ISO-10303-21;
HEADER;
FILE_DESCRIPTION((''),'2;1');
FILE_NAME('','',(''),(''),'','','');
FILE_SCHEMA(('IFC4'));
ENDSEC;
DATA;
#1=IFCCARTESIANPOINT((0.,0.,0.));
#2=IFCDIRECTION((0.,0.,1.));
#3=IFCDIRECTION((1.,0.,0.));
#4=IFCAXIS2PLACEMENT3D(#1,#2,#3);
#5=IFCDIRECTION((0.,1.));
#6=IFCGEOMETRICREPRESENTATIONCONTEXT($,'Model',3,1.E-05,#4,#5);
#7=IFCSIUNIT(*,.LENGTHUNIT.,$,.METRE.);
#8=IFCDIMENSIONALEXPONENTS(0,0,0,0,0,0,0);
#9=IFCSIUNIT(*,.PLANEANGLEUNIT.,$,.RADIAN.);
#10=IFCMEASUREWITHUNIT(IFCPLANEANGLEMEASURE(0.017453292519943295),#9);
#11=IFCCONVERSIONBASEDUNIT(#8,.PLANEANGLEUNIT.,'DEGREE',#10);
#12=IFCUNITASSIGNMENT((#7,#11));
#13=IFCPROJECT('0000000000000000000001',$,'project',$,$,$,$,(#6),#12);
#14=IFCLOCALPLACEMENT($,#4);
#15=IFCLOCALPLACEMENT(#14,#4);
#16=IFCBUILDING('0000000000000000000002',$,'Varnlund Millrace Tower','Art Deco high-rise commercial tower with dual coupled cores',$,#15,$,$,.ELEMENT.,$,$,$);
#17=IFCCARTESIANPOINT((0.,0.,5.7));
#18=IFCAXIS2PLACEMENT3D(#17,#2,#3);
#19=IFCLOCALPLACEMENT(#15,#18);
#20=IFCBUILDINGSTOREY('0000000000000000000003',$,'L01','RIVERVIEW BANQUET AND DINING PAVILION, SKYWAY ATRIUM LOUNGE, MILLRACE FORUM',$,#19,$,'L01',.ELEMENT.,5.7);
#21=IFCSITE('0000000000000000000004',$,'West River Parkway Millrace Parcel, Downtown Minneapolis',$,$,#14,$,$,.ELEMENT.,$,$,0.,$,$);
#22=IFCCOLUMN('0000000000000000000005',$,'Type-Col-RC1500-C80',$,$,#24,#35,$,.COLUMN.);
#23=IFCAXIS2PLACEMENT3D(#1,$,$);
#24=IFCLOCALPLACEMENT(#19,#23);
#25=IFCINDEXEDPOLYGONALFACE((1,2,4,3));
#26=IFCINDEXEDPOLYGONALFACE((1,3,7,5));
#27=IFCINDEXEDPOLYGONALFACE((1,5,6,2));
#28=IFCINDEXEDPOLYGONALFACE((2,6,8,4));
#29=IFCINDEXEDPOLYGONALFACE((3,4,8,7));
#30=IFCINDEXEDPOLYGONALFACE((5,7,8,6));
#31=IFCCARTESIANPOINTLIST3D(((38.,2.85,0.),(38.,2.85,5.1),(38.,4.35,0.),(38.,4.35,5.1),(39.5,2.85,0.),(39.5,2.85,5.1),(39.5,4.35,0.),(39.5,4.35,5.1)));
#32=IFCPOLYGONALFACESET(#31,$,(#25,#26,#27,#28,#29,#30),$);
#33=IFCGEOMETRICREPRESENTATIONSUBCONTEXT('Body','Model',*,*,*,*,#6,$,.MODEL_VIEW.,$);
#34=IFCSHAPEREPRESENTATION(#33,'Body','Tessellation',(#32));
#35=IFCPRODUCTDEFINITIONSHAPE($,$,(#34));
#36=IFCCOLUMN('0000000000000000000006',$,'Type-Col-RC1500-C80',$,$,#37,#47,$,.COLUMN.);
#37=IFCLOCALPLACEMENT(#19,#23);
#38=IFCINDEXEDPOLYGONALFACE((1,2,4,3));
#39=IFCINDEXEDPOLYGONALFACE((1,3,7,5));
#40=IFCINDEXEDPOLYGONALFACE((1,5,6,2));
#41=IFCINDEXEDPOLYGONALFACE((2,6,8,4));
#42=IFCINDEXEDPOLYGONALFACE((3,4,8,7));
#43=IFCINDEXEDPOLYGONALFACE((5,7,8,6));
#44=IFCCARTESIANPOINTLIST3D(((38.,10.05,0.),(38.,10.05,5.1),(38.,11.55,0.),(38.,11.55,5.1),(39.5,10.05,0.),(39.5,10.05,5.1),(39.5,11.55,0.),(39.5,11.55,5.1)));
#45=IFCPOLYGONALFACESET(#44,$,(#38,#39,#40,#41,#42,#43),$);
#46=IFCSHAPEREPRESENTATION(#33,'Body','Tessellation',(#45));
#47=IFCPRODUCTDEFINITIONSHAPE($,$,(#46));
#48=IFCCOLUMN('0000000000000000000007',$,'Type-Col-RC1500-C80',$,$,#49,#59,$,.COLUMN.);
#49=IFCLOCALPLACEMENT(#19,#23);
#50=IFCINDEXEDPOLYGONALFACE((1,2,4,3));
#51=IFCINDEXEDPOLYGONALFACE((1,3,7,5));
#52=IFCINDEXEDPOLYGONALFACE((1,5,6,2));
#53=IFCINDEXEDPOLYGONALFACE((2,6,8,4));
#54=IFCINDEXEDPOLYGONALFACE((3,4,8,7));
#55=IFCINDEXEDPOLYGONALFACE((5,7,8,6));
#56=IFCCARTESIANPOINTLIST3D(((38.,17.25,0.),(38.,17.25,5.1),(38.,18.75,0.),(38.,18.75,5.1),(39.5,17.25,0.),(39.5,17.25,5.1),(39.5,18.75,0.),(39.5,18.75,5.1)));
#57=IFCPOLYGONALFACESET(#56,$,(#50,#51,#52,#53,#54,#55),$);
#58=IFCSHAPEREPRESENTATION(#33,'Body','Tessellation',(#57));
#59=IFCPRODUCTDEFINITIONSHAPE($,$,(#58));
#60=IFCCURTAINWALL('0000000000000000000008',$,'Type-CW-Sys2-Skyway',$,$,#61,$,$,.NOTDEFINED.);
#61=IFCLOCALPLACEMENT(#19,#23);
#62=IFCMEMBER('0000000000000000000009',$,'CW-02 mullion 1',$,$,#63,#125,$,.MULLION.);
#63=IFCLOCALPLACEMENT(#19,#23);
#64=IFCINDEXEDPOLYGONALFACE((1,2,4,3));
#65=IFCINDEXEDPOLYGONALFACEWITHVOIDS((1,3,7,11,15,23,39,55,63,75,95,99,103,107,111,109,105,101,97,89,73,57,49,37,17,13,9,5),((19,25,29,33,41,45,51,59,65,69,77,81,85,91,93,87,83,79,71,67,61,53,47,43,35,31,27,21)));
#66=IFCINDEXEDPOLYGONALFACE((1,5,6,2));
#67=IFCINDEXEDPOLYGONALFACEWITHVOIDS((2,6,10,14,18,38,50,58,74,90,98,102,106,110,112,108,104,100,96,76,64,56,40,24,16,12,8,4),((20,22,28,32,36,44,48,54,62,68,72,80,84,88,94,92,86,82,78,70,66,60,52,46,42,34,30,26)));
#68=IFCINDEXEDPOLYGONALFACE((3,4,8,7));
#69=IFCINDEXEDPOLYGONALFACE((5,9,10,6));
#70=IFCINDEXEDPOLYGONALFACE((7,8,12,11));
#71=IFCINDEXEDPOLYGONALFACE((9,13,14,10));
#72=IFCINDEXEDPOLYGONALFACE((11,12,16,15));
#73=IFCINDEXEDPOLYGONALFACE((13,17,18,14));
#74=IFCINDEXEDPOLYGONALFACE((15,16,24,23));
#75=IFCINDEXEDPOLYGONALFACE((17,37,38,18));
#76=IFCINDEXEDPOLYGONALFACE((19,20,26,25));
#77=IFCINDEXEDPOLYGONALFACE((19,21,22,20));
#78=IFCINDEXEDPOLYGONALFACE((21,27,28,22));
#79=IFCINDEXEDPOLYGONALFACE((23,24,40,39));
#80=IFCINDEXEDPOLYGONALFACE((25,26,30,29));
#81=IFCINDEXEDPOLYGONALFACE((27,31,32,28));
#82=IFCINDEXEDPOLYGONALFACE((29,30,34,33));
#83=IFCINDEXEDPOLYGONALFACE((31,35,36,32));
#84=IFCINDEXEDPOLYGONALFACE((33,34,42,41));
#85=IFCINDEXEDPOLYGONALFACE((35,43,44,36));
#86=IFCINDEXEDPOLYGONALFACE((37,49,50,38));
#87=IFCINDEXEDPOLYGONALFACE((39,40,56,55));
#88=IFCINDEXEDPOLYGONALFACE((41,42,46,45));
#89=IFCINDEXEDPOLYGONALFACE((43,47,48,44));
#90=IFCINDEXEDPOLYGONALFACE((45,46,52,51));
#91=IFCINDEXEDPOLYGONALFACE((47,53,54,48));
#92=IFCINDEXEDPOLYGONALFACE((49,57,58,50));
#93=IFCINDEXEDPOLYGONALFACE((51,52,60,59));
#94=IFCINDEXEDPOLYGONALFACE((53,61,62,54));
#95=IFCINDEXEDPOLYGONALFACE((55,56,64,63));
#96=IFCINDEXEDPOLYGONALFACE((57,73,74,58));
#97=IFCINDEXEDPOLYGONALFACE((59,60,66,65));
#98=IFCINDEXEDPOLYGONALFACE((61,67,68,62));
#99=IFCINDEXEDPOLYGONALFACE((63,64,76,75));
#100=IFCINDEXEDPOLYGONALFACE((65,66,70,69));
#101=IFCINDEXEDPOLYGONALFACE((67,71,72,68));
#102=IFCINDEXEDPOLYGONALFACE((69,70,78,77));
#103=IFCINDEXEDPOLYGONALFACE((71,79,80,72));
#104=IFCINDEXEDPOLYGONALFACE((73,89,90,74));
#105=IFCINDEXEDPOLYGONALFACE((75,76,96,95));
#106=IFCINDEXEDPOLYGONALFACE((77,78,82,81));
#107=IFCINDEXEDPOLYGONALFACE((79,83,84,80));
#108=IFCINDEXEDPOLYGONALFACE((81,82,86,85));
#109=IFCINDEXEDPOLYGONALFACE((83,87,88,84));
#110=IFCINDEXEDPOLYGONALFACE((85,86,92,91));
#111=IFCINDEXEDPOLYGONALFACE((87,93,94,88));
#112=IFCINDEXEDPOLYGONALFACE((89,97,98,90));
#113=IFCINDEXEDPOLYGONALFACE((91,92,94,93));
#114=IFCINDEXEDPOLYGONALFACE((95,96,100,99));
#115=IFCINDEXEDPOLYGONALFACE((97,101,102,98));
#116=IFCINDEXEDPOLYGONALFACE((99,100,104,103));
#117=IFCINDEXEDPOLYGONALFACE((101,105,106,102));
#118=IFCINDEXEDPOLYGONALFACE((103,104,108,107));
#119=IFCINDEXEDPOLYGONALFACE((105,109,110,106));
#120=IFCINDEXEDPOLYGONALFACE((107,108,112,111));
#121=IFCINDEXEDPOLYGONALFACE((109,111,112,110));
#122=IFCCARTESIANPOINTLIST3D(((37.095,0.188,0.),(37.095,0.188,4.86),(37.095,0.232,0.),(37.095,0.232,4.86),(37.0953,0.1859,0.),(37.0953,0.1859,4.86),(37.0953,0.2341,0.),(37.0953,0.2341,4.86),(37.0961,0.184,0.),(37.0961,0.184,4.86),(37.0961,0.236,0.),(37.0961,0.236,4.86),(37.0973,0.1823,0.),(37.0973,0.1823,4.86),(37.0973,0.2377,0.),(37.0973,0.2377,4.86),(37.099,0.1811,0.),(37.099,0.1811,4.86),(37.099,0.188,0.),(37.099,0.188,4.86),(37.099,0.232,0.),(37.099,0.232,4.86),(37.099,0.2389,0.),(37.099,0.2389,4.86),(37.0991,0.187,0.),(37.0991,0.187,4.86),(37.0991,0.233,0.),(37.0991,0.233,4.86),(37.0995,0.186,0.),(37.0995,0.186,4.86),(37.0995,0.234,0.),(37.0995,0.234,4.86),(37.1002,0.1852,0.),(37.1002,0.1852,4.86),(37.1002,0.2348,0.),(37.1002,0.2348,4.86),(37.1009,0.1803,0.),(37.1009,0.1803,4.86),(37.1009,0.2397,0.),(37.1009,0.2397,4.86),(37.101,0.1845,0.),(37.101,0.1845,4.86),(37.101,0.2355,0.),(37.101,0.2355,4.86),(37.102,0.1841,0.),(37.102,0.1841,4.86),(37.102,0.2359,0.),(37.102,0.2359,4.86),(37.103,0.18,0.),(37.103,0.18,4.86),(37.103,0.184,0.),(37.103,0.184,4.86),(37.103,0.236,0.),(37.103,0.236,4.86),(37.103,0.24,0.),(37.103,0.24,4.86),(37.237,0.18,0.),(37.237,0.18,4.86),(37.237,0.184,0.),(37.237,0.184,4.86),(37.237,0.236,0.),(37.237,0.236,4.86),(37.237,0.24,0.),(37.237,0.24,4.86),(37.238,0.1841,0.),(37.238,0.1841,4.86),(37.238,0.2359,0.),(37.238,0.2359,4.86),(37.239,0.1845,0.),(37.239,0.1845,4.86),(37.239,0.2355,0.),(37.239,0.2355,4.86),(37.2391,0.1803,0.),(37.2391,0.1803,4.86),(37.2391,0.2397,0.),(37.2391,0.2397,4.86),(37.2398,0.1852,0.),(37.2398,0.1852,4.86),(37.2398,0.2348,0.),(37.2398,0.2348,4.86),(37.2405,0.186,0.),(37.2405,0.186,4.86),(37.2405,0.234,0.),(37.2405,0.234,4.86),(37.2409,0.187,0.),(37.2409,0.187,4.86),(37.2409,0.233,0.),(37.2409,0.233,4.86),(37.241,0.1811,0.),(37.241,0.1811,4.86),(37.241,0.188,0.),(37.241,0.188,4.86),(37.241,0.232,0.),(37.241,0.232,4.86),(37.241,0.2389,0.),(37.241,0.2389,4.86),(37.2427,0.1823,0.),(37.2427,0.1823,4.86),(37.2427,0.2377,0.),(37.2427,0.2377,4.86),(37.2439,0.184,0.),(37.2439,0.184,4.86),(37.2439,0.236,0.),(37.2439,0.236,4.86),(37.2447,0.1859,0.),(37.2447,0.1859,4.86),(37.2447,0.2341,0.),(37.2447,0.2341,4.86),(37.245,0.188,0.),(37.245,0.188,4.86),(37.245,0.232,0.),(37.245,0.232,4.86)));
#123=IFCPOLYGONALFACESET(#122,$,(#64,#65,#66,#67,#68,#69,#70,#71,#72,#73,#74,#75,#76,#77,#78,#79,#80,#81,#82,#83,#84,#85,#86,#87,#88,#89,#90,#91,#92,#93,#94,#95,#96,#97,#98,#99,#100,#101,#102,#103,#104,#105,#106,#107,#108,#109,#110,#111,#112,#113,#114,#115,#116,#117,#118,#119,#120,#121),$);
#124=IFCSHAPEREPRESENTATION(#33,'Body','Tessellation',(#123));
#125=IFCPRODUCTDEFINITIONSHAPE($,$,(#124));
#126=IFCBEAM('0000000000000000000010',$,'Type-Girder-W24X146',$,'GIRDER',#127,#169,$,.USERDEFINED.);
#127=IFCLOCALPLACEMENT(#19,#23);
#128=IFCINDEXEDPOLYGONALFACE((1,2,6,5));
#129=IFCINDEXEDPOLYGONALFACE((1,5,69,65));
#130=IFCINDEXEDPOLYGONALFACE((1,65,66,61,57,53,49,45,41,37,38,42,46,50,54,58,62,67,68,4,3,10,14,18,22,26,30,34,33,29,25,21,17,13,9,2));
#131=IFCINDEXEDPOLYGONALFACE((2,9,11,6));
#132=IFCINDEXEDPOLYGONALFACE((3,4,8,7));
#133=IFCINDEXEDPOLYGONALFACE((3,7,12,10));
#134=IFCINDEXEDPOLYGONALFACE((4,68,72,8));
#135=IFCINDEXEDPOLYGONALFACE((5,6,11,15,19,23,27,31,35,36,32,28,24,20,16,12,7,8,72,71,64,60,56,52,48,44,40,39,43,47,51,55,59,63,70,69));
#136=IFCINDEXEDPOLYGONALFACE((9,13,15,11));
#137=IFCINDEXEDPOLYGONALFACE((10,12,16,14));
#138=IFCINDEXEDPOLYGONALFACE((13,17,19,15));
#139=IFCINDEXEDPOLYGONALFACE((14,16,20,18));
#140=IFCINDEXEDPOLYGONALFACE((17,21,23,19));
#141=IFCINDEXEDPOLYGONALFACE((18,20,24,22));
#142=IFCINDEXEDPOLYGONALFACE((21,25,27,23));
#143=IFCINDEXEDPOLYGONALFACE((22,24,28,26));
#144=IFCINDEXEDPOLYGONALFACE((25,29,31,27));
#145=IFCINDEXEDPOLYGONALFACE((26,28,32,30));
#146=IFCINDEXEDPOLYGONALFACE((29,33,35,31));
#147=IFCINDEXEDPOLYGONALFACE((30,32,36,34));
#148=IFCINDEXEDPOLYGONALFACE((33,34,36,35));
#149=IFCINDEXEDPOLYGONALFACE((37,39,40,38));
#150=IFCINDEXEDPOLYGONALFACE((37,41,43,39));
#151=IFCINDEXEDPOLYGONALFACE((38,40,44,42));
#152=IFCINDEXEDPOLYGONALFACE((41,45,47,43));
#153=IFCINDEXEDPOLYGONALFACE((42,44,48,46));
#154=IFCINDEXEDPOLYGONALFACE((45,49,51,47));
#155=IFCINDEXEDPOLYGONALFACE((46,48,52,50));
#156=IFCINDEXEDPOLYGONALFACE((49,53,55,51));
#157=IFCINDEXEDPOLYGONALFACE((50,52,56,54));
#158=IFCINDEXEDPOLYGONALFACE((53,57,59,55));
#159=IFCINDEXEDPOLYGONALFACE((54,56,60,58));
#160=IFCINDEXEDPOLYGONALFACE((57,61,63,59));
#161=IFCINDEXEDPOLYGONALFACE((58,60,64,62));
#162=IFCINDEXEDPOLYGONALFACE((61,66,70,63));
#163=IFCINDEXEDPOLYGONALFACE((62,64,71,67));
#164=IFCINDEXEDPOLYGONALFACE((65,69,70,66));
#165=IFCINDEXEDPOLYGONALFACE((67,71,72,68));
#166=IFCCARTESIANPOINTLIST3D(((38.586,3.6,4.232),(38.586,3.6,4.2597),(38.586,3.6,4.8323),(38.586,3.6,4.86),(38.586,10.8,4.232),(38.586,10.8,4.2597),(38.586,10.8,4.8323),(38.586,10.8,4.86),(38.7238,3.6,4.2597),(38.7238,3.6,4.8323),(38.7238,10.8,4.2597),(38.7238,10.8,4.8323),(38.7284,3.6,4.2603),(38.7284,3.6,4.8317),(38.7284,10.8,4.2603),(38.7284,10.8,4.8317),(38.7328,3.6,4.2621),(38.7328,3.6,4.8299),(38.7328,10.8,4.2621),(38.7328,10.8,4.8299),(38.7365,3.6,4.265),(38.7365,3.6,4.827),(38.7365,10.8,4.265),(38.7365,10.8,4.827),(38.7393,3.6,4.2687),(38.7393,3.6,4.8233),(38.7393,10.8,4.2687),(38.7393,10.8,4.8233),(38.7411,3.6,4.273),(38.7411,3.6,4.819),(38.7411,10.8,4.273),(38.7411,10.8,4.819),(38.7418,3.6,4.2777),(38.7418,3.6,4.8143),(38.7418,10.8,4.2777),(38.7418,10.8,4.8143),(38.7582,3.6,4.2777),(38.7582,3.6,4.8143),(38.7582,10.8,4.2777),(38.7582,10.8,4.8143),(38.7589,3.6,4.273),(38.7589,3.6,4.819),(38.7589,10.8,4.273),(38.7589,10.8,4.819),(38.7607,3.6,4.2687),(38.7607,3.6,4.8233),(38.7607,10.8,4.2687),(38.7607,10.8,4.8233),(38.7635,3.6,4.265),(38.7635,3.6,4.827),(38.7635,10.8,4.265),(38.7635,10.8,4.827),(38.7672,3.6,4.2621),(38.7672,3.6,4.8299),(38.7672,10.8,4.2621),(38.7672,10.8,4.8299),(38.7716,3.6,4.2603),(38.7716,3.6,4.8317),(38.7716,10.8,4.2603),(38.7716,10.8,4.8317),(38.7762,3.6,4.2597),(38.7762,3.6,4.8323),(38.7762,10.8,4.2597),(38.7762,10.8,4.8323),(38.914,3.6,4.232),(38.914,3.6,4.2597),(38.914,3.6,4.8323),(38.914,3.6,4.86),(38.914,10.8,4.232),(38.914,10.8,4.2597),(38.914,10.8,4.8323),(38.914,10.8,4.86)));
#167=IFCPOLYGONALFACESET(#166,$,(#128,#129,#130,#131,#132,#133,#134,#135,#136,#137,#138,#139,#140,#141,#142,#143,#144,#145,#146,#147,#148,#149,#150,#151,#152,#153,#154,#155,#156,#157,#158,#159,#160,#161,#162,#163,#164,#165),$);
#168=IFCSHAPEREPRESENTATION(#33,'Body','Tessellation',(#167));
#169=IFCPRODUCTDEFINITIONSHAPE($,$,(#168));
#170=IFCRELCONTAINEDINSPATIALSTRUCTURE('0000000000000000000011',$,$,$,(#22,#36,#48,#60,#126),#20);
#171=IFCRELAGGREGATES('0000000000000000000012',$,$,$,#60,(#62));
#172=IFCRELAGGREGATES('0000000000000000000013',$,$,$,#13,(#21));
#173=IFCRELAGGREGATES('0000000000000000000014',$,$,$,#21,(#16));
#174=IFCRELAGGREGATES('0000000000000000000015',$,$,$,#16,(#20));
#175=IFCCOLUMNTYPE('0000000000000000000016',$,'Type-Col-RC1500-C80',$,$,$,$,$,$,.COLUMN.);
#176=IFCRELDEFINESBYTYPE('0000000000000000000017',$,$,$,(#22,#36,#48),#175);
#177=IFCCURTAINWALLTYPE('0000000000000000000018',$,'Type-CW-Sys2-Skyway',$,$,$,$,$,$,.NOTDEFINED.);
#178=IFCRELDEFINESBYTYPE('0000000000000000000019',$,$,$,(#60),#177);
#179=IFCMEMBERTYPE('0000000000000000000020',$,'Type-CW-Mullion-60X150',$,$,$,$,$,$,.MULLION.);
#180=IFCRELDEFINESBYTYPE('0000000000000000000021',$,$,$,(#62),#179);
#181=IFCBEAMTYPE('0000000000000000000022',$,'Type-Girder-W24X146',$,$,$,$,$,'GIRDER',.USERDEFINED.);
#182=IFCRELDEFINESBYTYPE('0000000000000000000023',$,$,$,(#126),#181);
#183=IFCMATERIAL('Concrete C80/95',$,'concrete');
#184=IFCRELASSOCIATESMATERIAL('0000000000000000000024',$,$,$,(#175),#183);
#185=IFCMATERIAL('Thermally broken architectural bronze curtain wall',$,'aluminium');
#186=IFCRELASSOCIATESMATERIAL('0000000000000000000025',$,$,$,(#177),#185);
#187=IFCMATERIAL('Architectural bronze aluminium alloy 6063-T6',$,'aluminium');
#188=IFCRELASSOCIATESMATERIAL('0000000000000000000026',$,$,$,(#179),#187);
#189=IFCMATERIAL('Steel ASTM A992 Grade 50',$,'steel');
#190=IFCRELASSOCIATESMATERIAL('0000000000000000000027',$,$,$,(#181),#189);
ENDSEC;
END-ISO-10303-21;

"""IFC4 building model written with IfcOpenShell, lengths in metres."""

from ifc_helpers import new_model, entity, si_unit, converted_unit, direction, frame, origin_with_axes, origin_2d_with_axis, place, context, subcontext, project, spatial, rectangle, hollow_rectangle, i_section, extrude, material, material_profile, profile_set, type_object, element, aggregate, save


model = new_model("IFC4")

# Units and contexts
model_context = context("Model", 3, precision=1e-05, world=origin_with_axes(), true_north=direction((0.0, 1.0)))
body_context = subcontext(model_context, "Body", "Model", "MODEL_VIEW")
ifc_project = project(units=[si_unit("LENGTHUNIT", "METRE"), converted_unit("PLANEANGLEUNIT", "DEGREE", entity("IfcPlaneAngleMeasure", 0.017453292519943295), si_unit("PLANEANGLEUNIT", "RADIAN"), dimensions=[0, 0, 0, 0, 0, 0, 0])], contexts=[model_context])

# Site, building, storey
site_placement = place(None, origin_with_axes())
site = spatial("IfcSite", under=ifc_project, at=site_placement, Name="West River Parkway Millrace Parcel, Downtown Minneapolis", CompositionType="ELEMENT", RefElevation=0.0)
building_placement = place(site_placement, origin_with_axes())
building = spatial("IfcBuilding", under=site, at=building_placement, Name="Varnlund Millrace Tower", Description="Art Deco high-rise commercial tower with dual coupled cores", CompositionType="ELEMENT")
storey_placement = place(building_placement, frame((0.0, 0.0, 5.7), z_axis=(0.0, 0.0, 1.0), x_axis=(1.0, 0.0, 0.0)))
storey = spatial("IfcBuildingStorey", under=building, at=storey_placement, Name="L01", Description="RIVERVIEW BANQUET AND DINING PAVILION, SKYWAY ATRIUM LOUNGE, MILLRACE FORUM", LongName="L01", CompositionType="ELEMENT", Elevation=5.7)

# Columns
ifc_material_1 = material(Name="Concrete C80/95", Category="concrete")
ifc_material_profile_1 = material_profile(ifc_material_1, rectangle(XDim=1.5, YDim=1.5, at=origin_2d_with_axis()), Name="Concrete C80/95")
ifc_profile_set_1 = profile_set([ifc_material_profile_1], Name="Concrete C80/95")
column_type = type_object("IfcColumnType", Name="Type-Col-RC1500-C80", PredefinedType="COLUMN", material=ifc_profile_set_1)
for number, where, z_axis, x_axis, name in (
    (1, (38.75, 3.6, 0.0), (0.0, 0.0, 1.0), (1.0, 0.0, 0.0), "Type-Col-RC1500-C80"),
    (2, (38.75, 10.8, 0.0), (0.0, 0.0, 1.0), (1.0, 0.0, 0.0), "Type-Col-RC1500-C80"),
    (3, (38.75, 18.0, 0.0), (0.0, 0.0, 1.0), (1.0, 0.0, 0.0), "Type-Col-RC1500-C80"),
):
    element("IfcColumn", number, at=place(storey_placement, frame(where, z_axis=z_axis, x_axis=x_axis)), inside=storey, type_object=column_type, Name=name, PredefinedType="COLUMN", context=body_context, shape_type="SweptSolid", body=[
        extrude(rectangle(XDim=1.5, YDim=1.5, at=origin_2d_with_axis()), origin_with_axes(), (0.0, 0.0, 1.0), 5.1),
    ])

# Curtain wall, member
ifc_material_2 = material(Name="Thermally broken architectural bronze curtain wall", Category="aluminium")
curtain_wall_type = type_object("IfcCurtainWallType", Name="Type-CW-Sys2-Skyway", PredefinedType="NOTDEFINED", material=ifc_material_2)
curtain_wall_placement = place(storey_placement, frame((37.2, 0.21, 0.0), z_axis=(0.0, 0.0, 1.0), x_axis=(1.0, 0.0, 0.0)))
curtain_wall = element("IfcCurtainWall", 4, at=curtain_wall_placement, inside=storey, type_object=curtain_wall_type, Name="Type-CW-Sys2-Skyway", PredefinedType="NOTDEFINED")
ifc_material_3 = material(Name="Architectural bronze aluminium alloy 6063-T6", Category="aluminium")
ifc_material_profile_2 = material_profile(ifc_material_3, hollow_rectangle(XDim=0.06, YDim=0.15, WallThickness=0.004, InnerFilletRadius=0.004, OuterFilletRadius=0.008, at=origin_2d_with_axis()), Name="Architectural bronze aluminium alloy 6063-T6")
ifc_profile_set_2 = profile_set([ifc_material_profile_2], Name="Architectural bronze aluminium alloy 6063-T6")
member_type = type_object("IfcMemberType", Name="Type-CW-Mullion-60X150", PredefinedType="MULLION", material=ifc_profile_set_2)
member_placement = place(storey_placement, frame((37.17, 0.21, 0.0), z_axis=(0.0, 0.0, 1.0), x_axis=(0.0, -1.0, 0.0)))
member = element("IfcMember", 5, at=member_placement, type_object=member_type, Name="CW-02 mullion 1", PredefinedType="MULLION", context=body_context, shape_type="SweptSolid", body=[
    extrude(hollow_rectangle(XDim=0.06, YDim=0.15, WallThickness=0.004, InnerFilletRadius=0.004, OuterFilletRadius=0.008, at=origin_2d_with_axis()), origin_with_axes(), (0.0, 0.0, 1.0), 4.86),
])
aggregate(curtain_wall, [member])

# Beam
ifc_material_4 = material(Name="Steel ASTM A992 Grade 50", Category="steel")
ifc_material_profile_3 = material_profile(ifc_material_4, i_section(OverallWidth=0.328, OverallDepth=0.628, WebThickness=0.0165, FlangeThickness=0.0277, FilletRadius=0.018, at=origin_2d_with_axis()), Name="Steel ASTM A992 Grade 50")
ifc_profile_set_3 = profile_set([ifc_material_profile_3], Name="Steel ASTM A992 Grade 50")
beam_type_1 = type_object("IfcBeamType", Name="Type-Girder-W24X146", ElementType="GIRDER", PredefinedType="USERDEFINED", material=ifc_profile_set_3)
for number, where, z_axis, x_axis, name in (
    (6, (38.75, 3.6, 4.546), (0.0, 1.0, 0.0), (-1.0, 0.0, 0.0), "Type-Girder-W24X146"),
):
    element("IfcBeam", number, at=place(storey_placement, frame(where, z_axis=z_axis, x_axis=x_axis)), inside=storey, type_object=beam_type_1, Name=name, ObjectType="GIRDER", PredefinedType="USERDEFINED", context=body_context, shape_type="SweptSolid", body=[
        extrude(i_section(OverallWidth=0.328, OverallDepth=0.628, WebThickness=0.0165, FlangeThickness=0.0277, FilletRadius=0.018, at=origin_2d_with_axis()), origin_with_axes(), (0.0, 0.0, 1.0), 7.2),
    ])

save(model, "model.ifc")
